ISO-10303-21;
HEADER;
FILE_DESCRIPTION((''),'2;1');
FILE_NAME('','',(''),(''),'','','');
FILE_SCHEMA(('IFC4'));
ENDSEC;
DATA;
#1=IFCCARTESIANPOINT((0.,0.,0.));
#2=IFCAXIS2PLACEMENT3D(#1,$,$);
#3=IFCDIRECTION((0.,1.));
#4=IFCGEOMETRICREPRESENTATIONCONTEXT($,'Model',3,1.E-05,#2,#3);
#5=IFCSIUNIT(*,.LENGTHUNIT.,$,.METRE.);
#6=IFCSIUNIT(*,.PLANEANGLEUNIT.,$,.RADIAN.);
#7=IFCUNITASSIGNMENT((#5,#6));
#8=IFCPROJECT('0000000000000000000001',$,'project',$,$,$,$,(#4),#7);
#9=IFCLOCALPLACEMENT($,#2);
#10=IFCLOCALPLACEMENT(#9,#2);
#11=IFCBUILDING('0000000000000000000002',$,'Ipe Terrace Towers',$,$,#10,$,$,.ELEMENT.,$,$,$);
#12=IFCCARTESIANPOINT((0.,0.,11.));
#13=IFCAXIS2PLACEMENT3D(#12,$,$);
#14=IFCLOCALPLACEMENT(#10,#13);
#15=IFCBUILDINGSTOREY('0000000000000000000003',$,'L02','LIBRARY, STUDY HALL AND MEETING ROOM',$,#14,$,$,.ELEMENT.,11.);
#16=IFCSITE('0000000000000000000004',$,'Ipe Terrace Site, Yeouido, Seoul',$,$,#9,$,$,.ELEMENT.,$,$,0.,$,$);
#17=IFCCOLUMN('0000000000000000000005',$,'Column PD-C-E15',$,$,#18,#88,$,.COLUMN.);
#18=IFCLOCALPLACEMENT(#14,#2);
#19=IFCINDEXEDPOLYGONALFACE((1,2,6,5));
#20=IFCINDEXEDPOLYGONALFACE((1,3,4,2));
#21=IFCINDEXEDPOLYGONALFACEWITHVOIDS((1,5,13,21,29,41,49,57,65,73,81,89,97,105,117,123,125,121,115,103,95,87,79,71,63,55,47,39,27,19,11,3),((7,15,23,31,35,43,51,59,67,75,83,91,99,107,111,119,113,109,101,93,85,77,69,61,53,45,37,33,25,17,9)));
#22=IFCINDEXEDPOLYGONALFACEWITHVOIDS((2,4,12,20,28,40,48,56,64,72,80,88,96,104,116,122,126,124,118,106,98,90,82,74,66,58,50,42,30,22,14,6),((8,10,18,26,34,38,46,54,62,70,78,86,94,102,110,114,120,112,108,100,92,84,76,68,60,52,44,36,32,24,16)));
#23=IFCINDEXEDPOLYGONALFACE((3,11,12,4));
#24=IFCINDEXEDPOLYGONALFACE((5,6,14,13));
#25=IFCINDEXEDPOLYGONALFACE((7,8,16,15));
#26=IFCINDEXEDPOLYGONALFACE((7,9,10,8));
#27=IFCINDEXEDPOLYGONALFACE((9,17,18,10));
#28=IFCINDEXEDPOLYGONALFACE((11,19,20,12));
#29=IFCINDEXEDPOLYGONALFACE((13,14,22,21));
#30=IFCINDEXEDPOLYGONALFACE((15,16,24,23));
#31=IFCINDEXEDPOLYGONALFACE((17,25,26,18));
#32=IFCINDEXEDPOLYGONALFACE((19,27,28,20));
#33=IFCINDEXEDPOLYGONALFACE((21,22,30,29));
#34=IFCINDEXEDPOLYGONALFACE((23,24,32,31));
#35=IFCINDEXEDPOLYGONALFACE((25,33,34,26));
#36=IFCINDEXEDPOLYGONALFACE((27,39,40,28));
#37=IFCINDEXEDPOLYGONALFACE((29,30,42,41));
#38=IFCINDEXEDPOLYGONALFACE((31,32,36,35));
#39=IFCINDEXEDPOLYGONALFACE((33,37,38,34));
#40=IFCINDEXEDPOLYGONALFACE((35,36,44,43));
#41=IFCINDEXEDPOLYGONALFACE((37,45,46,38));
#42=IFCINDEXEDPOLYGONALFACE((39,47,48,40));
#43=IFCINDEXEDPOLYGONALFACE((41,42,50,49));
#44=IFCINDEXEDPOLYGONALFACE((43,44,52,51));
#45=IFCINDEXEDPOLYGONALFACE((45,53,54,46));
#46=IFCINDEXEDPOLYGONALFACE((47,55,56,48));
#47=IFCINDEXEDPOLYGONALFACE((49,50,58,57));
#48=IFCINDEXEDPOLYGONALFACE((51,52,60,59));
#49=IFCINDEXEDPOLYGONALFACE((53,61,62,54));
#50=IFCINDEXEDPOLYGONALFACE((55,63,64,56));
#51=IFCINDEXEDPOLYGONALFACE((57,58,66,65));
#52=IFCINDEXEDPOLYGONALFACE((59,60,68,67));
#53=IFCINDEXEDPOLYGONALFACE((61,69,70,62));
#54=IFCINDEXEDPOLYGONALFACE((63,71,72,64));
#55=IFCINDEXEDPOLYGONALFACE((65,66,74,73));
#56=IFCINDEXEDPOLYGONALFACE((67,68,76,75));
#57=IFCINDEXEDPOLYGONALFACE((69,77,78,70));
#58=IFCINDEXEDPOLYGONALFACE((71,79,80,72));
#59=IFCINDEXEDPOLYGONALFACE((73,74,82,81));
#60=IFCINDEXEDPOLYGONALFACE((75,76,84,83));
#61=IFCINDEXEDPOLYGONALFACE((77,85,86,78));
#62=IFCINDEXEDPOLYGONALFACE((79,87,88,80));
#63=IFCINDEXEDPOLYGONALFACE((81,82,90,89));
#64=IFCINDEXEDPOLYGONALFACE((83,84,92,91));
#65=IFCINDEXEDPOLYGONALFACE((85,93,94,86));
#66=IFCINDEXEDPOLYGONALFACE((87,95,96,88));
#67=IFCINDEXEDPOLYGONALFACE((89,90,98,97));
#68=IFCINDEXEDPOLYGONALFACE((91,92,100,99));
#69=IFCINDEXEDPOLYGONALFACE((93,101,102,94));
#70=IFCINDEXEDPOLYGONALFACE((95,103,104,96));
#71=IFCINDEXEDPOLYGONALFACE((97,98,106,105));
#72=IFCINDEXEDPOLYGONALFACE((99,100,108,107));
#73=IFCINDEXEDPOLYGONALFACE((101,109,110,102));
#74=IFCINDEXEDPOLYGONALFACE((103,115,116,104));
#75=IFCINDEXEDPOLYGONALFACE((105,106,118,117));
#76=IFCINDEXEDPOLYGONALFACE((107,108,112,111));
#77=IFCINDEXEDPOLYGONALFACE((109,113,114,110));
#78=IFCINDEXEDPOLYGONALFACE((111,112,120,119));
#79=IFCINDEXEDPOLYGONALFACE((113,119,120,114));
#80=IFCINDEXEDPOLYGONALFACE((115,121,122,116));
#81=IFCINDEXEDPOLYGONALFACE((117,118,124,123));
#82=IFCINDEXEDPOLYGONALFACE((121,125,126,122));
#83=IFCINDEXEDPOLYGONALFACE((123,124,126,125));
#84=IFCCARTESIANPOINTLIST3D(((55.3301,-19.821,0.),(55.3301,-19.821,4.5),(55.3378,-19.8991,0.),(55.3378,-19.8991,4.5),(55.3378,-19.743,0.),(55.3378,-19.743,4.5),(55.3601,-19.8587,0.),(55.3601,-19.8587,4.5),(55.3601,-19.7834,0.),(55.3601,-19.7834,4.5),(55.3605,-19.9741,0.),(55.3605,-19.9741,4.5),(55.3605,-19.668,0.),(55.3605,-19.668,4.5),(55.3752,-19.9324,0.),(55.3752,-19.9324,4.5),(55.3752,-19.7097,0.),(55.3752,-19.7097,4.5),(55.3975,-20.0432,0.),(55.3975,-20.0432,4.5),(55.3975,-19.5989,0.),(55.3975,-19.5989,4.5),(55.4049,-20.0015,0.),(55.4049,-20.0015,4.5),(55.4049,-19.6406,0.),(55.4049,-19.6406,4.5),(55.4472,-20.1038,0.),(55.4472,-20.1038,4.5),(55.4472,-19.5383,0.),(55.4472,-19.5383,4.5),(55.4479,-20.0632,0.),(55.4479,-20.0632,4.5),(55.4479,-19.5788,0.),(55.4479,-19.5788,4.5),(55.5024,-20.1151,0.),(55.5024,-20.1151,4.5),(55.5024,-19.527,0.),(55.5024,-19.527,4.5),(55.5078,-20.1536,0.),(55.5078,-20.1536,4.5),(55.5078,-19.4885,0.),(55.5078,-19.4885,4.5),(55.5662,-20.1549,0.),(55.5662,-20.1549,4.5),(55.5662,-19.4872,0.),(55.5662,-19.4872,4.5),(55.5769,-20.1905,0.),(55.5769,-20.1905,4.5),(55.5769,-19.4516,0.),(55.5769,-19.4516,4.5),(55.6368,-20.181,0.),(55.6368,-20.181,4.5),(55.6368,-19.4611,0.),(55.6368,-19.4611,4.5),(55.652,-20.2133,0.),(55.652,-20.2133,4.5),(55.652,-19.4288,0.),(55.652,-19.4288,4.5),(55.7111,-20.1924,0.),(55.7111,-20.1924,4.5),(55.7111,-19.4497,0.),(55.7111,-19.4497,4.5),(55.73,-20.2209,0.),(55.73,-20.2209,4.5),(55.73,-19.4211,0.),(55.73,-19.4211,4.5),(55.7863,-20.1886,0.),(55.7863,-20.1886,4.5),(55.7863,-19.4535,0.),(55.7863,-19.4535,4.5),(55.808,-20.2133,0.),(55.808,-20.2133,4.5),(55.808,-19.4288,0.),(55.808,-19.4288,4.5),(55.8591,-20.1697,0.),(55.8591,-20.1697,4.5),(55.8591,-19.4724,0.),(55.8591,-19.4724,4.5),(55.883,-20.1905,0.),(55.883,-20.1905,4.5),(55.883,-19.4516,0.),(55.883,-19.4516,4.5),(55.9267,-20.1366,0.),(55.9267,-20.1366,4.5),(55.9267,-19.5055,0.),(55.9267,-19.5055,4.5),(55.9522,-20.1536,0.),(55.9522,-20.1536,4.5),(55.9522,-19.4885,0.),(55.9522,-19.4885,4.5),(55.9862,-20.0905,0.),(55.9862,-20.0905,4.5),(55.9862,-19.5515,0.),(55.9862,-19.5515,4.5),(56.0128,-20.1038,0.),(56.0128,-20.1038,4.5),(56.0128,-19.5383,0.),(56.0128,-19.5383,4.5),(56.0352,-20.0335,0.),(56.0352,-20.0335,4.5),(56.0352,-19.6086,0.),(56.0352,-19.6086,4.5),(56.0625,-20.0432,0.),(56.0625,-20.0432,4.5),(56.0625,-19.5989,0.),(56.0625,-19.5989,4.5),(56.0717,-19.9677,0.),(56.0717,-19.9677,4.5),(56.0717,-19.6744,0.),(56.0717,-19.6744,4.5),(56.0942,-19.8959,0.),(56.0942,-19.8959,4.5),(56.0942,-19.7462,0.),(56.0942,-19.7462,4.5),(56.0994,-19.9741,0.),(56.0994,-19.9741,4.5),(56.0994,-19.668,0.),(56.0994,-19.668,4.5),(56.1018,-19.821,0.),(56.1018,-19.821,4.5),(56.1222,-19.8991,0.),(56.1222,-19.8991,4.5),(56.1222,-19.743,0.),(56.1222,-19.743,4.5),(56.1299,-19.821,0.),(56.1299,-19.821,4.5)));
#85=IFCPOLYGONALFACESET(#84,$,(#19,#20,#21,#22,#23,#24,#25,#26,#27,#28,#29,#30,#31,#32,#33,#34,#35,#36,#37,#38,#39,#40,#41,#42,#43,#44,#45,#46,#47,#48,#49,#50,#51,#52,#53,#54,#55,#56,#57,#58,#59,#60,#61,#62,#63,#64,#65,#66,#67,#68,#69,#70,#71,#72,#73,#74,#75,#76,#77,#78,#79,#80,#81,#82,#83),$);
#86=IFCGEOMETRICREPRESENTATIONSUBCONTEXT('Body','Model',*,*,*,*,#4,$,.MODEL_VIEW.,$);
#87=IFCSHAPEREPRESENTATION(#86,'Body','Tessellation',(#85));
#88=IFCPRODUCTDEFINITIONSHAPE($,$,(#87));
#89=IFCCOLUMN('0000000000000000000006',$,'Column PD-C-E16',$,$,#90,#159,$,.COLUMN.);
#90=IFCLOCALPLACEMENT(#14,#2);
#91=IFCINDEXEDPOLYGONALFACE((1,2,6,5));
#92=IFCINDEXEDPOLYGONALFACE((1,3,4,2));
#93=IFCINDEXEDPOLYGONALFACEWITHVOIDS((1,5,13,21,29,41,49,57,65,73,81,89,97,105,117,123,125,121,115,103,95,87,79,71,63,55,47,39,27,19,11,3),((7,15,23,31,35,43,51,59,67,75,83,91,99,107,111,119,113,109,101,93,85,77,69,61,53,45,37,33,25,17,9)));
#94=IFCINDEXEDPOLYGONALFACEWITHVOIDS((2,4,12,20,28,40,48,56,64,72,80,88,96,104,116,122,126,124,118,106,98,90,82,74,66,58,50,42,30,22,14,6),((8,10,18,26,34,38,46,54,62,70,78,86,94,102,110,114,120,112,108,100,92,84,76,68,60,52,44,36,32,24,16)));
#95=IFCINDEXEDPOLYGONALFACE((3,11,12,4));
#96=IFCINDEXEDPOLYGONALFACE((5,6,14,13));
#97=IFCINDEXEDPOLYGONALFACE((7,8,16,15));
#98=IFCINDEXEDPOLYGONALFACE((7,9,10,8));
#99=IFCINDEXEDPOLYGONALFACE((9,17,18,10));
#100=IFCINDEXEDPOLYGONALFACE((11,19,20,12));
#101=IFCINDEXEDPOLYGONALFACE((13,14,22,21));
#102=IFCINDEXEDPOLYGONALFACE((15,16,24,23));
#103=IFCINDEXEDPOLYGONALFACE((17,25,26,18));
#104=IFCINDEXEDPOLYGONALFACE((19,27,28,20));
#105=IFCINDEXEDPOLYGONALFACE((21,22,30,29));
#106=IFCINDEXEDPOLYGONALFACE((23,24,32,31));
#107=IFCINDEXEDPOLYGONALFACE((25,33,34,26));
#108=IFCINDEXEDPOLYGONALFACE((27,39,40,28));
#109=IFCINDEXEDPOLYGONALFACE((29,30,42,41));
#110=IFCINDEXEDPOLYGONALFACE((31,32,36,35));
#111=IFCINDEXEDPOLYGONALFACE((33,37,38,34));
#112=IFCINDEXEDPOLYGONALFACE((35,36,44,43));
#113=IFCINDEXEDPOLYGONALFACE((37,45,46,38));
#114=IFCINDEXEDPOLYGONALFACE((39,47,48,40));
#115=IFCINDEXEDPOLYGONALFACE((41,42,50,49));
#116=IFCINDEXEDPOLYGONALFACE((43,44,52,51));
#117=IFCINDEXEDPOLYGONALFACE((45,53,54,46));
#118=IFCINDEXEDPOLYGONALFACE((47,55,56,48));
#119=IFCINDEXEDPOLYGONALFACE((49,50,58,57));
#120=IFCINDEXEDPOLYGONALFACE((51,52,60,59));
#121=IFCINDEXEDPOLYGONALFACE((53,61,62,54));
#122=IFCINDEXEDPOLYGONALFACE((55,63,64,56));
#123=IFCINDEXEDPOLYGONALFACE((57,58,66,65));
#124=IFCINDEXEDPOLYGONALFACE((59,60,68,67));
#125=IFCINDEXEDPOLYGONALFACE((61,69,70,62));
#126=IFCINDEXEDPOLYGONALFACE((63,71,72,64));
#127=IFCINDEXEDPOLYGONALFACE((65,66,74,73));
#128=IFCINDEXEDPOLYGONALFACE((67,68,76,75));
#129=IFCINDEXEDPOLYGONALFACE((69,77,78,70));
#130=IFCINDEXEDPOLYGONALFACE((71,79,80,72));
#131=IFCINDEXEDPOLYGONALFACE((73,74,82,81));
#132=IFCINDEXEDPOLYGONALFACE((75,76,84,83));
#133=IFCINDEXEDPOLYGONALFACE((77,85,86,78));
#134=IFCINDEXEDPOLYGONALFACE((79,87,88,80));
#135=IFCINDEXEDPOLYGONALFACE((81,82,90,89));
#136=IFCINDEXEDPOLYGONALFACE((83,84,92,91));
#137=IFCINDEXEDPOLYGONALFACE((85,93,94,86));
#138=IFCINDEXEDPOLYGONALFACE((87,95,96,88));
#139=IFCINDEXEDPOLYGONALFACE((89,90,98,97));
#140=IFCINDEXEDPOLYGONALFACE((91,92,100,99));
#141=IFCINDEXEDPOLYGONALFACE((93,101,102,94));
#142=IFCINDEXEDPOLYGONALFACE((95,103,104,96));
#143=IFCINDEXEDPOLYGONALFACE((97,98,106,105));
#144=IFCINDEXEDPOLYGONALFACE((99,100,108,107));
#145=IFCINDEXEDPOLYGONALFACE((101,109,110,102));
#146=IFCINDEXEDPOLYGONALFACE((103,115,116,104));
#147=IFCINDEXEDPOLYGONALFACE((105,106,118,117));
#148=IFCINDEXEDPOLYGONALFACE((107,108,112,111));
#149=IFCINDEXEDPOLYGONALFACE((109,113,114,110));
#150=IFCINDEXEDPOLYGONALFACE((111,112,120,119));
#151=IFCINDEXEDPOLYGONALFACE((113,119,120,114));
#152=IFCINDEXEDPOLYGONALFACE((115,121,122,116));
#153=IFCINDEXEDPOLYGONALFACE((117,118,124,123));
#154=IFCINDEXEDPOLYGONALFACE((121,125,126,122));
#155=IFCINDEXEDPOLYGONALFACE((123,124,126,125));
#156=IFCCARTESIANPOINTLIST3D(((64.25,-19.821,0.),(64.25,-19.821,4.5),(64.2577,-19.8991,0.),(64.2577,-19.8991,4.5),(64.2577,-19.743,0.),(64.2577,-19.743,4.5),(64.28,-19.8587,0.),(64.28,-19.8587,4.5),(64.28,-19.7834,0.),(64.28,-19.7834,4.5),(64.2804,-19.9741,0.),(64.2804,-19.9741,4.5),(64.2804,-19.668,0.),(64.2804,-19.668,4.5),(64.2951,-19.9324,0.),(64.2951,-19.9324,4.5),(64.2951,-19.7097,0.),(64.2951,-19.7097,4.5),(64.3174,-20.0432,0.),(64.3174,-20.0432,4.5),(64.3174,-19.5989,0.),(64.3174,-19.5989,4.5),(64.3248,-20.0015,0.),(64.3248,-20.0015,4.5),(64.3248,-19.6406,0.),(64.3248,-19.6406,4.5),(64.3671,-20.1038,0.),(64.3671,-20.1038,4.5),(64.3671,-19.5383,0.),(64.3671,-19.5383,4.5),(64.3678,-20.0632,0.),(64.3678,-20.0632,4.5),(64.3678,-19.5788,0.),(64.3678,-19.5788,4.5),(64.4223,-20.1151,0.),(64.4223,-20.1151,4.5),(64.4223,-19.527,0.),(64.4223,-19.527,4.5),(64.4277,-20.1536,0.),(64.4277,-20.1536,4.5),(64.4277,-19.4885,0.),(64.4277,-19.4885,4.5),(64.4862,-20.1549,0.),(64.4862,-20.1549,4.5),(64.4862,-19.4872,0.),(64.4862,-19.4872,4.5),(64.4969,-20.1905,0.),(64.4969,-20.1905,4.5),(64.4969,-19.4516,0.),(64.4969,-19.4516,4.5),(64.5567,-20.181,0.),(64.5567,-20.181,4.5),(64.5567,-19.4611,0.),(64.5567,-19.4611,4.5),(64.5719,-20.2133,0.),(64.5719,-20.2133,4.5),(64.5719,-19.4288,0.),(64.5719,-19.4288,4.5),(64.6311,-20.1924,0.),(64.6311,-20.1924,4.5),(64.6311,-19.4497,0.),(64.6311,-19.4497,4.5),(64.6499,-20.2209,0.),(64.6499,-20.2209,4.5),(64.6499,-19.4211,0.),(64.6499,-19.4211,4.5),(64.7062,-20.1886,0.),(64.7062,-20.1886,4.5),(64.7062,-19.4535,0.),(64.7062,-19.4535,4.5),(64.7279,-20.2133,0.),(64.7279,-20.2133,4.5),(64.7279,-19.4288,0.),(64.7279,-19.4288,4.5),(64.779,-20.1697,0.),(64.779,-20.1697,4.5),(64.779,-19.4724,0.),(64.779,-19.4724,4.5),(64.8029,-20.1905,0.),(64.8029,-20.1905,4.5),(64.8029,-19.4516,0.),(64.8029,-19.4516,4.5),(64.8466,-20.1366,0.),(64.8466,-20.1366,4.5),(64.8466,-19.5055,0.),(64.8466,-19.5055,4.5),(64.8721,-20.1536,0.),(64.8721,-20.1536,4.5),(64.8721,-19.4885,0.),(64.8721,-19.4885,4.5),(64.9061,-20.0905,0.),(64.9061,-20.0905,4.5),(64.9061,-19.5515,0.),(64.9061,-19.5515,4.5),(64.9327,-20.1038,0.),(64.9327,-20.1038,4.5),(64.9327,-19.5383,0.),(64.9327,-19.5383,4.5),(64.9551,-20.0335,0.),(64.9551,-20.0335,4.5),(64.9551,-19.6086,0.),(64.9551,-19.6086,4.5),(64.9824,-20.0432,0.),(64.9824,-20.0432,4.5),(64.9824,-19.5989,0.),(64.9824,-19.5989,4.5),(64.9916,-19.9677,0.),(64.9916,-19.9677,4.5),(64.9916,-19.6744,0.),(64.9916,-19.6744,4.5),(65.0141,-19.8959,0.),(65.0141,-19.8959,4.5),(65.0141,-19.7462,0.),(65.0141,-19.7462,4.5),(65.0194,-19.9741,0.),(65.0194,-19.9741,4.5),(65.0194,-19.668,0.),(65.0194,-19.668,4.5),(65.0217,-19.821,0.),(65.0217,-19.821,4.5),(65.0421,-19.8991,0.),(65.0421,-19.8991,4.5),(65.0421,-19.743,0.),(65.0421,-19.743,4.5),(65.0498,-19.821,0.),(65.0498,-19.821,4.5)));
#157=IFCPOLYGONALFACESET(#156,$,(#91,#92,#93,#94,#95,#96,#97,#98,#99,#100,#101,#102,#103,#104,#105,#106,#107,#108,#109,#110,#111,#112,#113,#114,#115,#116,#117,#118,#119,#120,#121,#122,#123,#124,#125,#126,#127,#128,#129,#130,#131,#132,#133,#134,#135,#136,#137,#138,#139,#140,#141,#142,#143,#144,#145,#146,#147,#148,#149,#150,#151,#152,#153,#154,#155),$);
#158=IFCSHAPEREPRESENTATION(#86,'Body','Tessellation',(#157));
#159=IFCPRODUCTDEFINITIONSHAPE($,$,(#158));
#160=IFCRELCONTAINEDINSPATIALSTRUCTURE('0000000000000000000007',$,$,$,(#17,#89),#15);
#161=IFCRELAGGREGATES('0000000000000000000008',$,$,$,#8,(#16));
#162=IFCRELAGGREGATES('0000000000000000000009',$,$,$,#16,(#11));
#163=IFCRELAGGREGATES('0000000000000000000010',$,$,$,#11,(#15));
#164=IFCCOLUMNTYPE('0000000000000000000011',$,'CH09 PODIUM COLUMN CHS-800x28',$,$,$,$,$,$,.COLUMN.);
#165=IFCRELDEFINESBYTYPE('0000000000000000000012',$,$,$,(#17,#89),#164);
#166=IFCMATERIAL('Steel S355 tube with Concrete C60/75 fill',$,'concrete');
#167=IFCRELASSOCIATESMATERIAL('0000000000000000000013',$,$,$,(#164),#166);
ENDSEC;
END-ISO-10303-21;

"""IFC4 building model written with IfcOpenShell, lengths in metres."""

from ifc_helpers import new_model, si_unit, direction, frame, origin, origin_2d, place, context, subcontext, project, spatial, hollow_circle, extrude, material, material_profile, profile_set, type_object, element, save


model = new_model("IFC4")

# Units and contexts
model_context = context("Model", 3, precision=1e-05, world=origin(), true_north=direction((0.0, 1.0)))
body_context = subcontext(model_context, "Body", "Model", "MODEL_VIEW")
ifc_project = project(units=[si_unit("LENGTHUNIT", "METRE"), si_unit("PLANEANGLEUNIT", "RADIAN")], contexts=[model_context])

# Site, building, storey
site_placement = place(None, origin())
site = spatial("IfcSite", under=ifc_project, at=site_placement, Name="Ipe Terrace Site, Yeouido, Seoul", CompositionType="ELEMENT", RefElevation=0.0)
building_placement = place(site_placement, origin())
building = spatial("IfcBuilding", under=site, at=building_placement, Name="Ipe Terrace Towers", CompositionType="ELEMENT")
storey_placement = place(building_placement, frame((0.0, 0.0, 11.0)))
storey = spatial("IfcBuildingStorey", under=building, at=storey_placement, Name="L02", Description="LIBRARY, STUDY HALL AND MEETING ROOM", CompositionType="ELEMENT", Elevation=11.0)

# Columns
ifc_material_1 = material(Name="Steel S355 tube with Concrete C60/75 fill", Category="concrete")
ifc_material_profile_1 = material_profile(ifc_material_1, hollow_circle(Radius=0.3999, WallThickness=0.0281, at=origin_2d()), Name="CHS-800x28")
ifc_profile_set_1 = profile_set([ifc_material_profile_1], Name="Steel S355 tube with Concrete C60/75 fill")
column_type_1 = type_object("IfcColumnType", Name="CH09 PODIUM COLUMN CHS-800x28", PredefinedType="COLUMN", material=ifc_profile_set_1)
for number, where, z_axis, x_axis, name in (
    (1, (55.73, -19.821, 0.0), (0.0, 0.0, 1.0), (1.0, 0.0, 0.0), "Column PD-C-E15"),
    (2, (64.6499, -19.821, 0.0), (0.0, 0.0, 1.0), (1.0, 0.0, 0.0), "Column PD-C-E16"),
):
    element("IfcColumn", number, at=place(storey_placement, frame(where, z_axis=z_axis, x_axis=x_axis)), inside=storey, type_object=column_type_1, Name=name, PredefinedType="COLUMN", context=body_context, shape_type="SweptSolid", body=[
        extrude(hollow_circle(Radius=0.3999, WallThickness=0.0281, at=origin_2d()), origin(), (0.0, 0.0, 1.0), 4.5),
    ])

save(model, "model.ifc")
